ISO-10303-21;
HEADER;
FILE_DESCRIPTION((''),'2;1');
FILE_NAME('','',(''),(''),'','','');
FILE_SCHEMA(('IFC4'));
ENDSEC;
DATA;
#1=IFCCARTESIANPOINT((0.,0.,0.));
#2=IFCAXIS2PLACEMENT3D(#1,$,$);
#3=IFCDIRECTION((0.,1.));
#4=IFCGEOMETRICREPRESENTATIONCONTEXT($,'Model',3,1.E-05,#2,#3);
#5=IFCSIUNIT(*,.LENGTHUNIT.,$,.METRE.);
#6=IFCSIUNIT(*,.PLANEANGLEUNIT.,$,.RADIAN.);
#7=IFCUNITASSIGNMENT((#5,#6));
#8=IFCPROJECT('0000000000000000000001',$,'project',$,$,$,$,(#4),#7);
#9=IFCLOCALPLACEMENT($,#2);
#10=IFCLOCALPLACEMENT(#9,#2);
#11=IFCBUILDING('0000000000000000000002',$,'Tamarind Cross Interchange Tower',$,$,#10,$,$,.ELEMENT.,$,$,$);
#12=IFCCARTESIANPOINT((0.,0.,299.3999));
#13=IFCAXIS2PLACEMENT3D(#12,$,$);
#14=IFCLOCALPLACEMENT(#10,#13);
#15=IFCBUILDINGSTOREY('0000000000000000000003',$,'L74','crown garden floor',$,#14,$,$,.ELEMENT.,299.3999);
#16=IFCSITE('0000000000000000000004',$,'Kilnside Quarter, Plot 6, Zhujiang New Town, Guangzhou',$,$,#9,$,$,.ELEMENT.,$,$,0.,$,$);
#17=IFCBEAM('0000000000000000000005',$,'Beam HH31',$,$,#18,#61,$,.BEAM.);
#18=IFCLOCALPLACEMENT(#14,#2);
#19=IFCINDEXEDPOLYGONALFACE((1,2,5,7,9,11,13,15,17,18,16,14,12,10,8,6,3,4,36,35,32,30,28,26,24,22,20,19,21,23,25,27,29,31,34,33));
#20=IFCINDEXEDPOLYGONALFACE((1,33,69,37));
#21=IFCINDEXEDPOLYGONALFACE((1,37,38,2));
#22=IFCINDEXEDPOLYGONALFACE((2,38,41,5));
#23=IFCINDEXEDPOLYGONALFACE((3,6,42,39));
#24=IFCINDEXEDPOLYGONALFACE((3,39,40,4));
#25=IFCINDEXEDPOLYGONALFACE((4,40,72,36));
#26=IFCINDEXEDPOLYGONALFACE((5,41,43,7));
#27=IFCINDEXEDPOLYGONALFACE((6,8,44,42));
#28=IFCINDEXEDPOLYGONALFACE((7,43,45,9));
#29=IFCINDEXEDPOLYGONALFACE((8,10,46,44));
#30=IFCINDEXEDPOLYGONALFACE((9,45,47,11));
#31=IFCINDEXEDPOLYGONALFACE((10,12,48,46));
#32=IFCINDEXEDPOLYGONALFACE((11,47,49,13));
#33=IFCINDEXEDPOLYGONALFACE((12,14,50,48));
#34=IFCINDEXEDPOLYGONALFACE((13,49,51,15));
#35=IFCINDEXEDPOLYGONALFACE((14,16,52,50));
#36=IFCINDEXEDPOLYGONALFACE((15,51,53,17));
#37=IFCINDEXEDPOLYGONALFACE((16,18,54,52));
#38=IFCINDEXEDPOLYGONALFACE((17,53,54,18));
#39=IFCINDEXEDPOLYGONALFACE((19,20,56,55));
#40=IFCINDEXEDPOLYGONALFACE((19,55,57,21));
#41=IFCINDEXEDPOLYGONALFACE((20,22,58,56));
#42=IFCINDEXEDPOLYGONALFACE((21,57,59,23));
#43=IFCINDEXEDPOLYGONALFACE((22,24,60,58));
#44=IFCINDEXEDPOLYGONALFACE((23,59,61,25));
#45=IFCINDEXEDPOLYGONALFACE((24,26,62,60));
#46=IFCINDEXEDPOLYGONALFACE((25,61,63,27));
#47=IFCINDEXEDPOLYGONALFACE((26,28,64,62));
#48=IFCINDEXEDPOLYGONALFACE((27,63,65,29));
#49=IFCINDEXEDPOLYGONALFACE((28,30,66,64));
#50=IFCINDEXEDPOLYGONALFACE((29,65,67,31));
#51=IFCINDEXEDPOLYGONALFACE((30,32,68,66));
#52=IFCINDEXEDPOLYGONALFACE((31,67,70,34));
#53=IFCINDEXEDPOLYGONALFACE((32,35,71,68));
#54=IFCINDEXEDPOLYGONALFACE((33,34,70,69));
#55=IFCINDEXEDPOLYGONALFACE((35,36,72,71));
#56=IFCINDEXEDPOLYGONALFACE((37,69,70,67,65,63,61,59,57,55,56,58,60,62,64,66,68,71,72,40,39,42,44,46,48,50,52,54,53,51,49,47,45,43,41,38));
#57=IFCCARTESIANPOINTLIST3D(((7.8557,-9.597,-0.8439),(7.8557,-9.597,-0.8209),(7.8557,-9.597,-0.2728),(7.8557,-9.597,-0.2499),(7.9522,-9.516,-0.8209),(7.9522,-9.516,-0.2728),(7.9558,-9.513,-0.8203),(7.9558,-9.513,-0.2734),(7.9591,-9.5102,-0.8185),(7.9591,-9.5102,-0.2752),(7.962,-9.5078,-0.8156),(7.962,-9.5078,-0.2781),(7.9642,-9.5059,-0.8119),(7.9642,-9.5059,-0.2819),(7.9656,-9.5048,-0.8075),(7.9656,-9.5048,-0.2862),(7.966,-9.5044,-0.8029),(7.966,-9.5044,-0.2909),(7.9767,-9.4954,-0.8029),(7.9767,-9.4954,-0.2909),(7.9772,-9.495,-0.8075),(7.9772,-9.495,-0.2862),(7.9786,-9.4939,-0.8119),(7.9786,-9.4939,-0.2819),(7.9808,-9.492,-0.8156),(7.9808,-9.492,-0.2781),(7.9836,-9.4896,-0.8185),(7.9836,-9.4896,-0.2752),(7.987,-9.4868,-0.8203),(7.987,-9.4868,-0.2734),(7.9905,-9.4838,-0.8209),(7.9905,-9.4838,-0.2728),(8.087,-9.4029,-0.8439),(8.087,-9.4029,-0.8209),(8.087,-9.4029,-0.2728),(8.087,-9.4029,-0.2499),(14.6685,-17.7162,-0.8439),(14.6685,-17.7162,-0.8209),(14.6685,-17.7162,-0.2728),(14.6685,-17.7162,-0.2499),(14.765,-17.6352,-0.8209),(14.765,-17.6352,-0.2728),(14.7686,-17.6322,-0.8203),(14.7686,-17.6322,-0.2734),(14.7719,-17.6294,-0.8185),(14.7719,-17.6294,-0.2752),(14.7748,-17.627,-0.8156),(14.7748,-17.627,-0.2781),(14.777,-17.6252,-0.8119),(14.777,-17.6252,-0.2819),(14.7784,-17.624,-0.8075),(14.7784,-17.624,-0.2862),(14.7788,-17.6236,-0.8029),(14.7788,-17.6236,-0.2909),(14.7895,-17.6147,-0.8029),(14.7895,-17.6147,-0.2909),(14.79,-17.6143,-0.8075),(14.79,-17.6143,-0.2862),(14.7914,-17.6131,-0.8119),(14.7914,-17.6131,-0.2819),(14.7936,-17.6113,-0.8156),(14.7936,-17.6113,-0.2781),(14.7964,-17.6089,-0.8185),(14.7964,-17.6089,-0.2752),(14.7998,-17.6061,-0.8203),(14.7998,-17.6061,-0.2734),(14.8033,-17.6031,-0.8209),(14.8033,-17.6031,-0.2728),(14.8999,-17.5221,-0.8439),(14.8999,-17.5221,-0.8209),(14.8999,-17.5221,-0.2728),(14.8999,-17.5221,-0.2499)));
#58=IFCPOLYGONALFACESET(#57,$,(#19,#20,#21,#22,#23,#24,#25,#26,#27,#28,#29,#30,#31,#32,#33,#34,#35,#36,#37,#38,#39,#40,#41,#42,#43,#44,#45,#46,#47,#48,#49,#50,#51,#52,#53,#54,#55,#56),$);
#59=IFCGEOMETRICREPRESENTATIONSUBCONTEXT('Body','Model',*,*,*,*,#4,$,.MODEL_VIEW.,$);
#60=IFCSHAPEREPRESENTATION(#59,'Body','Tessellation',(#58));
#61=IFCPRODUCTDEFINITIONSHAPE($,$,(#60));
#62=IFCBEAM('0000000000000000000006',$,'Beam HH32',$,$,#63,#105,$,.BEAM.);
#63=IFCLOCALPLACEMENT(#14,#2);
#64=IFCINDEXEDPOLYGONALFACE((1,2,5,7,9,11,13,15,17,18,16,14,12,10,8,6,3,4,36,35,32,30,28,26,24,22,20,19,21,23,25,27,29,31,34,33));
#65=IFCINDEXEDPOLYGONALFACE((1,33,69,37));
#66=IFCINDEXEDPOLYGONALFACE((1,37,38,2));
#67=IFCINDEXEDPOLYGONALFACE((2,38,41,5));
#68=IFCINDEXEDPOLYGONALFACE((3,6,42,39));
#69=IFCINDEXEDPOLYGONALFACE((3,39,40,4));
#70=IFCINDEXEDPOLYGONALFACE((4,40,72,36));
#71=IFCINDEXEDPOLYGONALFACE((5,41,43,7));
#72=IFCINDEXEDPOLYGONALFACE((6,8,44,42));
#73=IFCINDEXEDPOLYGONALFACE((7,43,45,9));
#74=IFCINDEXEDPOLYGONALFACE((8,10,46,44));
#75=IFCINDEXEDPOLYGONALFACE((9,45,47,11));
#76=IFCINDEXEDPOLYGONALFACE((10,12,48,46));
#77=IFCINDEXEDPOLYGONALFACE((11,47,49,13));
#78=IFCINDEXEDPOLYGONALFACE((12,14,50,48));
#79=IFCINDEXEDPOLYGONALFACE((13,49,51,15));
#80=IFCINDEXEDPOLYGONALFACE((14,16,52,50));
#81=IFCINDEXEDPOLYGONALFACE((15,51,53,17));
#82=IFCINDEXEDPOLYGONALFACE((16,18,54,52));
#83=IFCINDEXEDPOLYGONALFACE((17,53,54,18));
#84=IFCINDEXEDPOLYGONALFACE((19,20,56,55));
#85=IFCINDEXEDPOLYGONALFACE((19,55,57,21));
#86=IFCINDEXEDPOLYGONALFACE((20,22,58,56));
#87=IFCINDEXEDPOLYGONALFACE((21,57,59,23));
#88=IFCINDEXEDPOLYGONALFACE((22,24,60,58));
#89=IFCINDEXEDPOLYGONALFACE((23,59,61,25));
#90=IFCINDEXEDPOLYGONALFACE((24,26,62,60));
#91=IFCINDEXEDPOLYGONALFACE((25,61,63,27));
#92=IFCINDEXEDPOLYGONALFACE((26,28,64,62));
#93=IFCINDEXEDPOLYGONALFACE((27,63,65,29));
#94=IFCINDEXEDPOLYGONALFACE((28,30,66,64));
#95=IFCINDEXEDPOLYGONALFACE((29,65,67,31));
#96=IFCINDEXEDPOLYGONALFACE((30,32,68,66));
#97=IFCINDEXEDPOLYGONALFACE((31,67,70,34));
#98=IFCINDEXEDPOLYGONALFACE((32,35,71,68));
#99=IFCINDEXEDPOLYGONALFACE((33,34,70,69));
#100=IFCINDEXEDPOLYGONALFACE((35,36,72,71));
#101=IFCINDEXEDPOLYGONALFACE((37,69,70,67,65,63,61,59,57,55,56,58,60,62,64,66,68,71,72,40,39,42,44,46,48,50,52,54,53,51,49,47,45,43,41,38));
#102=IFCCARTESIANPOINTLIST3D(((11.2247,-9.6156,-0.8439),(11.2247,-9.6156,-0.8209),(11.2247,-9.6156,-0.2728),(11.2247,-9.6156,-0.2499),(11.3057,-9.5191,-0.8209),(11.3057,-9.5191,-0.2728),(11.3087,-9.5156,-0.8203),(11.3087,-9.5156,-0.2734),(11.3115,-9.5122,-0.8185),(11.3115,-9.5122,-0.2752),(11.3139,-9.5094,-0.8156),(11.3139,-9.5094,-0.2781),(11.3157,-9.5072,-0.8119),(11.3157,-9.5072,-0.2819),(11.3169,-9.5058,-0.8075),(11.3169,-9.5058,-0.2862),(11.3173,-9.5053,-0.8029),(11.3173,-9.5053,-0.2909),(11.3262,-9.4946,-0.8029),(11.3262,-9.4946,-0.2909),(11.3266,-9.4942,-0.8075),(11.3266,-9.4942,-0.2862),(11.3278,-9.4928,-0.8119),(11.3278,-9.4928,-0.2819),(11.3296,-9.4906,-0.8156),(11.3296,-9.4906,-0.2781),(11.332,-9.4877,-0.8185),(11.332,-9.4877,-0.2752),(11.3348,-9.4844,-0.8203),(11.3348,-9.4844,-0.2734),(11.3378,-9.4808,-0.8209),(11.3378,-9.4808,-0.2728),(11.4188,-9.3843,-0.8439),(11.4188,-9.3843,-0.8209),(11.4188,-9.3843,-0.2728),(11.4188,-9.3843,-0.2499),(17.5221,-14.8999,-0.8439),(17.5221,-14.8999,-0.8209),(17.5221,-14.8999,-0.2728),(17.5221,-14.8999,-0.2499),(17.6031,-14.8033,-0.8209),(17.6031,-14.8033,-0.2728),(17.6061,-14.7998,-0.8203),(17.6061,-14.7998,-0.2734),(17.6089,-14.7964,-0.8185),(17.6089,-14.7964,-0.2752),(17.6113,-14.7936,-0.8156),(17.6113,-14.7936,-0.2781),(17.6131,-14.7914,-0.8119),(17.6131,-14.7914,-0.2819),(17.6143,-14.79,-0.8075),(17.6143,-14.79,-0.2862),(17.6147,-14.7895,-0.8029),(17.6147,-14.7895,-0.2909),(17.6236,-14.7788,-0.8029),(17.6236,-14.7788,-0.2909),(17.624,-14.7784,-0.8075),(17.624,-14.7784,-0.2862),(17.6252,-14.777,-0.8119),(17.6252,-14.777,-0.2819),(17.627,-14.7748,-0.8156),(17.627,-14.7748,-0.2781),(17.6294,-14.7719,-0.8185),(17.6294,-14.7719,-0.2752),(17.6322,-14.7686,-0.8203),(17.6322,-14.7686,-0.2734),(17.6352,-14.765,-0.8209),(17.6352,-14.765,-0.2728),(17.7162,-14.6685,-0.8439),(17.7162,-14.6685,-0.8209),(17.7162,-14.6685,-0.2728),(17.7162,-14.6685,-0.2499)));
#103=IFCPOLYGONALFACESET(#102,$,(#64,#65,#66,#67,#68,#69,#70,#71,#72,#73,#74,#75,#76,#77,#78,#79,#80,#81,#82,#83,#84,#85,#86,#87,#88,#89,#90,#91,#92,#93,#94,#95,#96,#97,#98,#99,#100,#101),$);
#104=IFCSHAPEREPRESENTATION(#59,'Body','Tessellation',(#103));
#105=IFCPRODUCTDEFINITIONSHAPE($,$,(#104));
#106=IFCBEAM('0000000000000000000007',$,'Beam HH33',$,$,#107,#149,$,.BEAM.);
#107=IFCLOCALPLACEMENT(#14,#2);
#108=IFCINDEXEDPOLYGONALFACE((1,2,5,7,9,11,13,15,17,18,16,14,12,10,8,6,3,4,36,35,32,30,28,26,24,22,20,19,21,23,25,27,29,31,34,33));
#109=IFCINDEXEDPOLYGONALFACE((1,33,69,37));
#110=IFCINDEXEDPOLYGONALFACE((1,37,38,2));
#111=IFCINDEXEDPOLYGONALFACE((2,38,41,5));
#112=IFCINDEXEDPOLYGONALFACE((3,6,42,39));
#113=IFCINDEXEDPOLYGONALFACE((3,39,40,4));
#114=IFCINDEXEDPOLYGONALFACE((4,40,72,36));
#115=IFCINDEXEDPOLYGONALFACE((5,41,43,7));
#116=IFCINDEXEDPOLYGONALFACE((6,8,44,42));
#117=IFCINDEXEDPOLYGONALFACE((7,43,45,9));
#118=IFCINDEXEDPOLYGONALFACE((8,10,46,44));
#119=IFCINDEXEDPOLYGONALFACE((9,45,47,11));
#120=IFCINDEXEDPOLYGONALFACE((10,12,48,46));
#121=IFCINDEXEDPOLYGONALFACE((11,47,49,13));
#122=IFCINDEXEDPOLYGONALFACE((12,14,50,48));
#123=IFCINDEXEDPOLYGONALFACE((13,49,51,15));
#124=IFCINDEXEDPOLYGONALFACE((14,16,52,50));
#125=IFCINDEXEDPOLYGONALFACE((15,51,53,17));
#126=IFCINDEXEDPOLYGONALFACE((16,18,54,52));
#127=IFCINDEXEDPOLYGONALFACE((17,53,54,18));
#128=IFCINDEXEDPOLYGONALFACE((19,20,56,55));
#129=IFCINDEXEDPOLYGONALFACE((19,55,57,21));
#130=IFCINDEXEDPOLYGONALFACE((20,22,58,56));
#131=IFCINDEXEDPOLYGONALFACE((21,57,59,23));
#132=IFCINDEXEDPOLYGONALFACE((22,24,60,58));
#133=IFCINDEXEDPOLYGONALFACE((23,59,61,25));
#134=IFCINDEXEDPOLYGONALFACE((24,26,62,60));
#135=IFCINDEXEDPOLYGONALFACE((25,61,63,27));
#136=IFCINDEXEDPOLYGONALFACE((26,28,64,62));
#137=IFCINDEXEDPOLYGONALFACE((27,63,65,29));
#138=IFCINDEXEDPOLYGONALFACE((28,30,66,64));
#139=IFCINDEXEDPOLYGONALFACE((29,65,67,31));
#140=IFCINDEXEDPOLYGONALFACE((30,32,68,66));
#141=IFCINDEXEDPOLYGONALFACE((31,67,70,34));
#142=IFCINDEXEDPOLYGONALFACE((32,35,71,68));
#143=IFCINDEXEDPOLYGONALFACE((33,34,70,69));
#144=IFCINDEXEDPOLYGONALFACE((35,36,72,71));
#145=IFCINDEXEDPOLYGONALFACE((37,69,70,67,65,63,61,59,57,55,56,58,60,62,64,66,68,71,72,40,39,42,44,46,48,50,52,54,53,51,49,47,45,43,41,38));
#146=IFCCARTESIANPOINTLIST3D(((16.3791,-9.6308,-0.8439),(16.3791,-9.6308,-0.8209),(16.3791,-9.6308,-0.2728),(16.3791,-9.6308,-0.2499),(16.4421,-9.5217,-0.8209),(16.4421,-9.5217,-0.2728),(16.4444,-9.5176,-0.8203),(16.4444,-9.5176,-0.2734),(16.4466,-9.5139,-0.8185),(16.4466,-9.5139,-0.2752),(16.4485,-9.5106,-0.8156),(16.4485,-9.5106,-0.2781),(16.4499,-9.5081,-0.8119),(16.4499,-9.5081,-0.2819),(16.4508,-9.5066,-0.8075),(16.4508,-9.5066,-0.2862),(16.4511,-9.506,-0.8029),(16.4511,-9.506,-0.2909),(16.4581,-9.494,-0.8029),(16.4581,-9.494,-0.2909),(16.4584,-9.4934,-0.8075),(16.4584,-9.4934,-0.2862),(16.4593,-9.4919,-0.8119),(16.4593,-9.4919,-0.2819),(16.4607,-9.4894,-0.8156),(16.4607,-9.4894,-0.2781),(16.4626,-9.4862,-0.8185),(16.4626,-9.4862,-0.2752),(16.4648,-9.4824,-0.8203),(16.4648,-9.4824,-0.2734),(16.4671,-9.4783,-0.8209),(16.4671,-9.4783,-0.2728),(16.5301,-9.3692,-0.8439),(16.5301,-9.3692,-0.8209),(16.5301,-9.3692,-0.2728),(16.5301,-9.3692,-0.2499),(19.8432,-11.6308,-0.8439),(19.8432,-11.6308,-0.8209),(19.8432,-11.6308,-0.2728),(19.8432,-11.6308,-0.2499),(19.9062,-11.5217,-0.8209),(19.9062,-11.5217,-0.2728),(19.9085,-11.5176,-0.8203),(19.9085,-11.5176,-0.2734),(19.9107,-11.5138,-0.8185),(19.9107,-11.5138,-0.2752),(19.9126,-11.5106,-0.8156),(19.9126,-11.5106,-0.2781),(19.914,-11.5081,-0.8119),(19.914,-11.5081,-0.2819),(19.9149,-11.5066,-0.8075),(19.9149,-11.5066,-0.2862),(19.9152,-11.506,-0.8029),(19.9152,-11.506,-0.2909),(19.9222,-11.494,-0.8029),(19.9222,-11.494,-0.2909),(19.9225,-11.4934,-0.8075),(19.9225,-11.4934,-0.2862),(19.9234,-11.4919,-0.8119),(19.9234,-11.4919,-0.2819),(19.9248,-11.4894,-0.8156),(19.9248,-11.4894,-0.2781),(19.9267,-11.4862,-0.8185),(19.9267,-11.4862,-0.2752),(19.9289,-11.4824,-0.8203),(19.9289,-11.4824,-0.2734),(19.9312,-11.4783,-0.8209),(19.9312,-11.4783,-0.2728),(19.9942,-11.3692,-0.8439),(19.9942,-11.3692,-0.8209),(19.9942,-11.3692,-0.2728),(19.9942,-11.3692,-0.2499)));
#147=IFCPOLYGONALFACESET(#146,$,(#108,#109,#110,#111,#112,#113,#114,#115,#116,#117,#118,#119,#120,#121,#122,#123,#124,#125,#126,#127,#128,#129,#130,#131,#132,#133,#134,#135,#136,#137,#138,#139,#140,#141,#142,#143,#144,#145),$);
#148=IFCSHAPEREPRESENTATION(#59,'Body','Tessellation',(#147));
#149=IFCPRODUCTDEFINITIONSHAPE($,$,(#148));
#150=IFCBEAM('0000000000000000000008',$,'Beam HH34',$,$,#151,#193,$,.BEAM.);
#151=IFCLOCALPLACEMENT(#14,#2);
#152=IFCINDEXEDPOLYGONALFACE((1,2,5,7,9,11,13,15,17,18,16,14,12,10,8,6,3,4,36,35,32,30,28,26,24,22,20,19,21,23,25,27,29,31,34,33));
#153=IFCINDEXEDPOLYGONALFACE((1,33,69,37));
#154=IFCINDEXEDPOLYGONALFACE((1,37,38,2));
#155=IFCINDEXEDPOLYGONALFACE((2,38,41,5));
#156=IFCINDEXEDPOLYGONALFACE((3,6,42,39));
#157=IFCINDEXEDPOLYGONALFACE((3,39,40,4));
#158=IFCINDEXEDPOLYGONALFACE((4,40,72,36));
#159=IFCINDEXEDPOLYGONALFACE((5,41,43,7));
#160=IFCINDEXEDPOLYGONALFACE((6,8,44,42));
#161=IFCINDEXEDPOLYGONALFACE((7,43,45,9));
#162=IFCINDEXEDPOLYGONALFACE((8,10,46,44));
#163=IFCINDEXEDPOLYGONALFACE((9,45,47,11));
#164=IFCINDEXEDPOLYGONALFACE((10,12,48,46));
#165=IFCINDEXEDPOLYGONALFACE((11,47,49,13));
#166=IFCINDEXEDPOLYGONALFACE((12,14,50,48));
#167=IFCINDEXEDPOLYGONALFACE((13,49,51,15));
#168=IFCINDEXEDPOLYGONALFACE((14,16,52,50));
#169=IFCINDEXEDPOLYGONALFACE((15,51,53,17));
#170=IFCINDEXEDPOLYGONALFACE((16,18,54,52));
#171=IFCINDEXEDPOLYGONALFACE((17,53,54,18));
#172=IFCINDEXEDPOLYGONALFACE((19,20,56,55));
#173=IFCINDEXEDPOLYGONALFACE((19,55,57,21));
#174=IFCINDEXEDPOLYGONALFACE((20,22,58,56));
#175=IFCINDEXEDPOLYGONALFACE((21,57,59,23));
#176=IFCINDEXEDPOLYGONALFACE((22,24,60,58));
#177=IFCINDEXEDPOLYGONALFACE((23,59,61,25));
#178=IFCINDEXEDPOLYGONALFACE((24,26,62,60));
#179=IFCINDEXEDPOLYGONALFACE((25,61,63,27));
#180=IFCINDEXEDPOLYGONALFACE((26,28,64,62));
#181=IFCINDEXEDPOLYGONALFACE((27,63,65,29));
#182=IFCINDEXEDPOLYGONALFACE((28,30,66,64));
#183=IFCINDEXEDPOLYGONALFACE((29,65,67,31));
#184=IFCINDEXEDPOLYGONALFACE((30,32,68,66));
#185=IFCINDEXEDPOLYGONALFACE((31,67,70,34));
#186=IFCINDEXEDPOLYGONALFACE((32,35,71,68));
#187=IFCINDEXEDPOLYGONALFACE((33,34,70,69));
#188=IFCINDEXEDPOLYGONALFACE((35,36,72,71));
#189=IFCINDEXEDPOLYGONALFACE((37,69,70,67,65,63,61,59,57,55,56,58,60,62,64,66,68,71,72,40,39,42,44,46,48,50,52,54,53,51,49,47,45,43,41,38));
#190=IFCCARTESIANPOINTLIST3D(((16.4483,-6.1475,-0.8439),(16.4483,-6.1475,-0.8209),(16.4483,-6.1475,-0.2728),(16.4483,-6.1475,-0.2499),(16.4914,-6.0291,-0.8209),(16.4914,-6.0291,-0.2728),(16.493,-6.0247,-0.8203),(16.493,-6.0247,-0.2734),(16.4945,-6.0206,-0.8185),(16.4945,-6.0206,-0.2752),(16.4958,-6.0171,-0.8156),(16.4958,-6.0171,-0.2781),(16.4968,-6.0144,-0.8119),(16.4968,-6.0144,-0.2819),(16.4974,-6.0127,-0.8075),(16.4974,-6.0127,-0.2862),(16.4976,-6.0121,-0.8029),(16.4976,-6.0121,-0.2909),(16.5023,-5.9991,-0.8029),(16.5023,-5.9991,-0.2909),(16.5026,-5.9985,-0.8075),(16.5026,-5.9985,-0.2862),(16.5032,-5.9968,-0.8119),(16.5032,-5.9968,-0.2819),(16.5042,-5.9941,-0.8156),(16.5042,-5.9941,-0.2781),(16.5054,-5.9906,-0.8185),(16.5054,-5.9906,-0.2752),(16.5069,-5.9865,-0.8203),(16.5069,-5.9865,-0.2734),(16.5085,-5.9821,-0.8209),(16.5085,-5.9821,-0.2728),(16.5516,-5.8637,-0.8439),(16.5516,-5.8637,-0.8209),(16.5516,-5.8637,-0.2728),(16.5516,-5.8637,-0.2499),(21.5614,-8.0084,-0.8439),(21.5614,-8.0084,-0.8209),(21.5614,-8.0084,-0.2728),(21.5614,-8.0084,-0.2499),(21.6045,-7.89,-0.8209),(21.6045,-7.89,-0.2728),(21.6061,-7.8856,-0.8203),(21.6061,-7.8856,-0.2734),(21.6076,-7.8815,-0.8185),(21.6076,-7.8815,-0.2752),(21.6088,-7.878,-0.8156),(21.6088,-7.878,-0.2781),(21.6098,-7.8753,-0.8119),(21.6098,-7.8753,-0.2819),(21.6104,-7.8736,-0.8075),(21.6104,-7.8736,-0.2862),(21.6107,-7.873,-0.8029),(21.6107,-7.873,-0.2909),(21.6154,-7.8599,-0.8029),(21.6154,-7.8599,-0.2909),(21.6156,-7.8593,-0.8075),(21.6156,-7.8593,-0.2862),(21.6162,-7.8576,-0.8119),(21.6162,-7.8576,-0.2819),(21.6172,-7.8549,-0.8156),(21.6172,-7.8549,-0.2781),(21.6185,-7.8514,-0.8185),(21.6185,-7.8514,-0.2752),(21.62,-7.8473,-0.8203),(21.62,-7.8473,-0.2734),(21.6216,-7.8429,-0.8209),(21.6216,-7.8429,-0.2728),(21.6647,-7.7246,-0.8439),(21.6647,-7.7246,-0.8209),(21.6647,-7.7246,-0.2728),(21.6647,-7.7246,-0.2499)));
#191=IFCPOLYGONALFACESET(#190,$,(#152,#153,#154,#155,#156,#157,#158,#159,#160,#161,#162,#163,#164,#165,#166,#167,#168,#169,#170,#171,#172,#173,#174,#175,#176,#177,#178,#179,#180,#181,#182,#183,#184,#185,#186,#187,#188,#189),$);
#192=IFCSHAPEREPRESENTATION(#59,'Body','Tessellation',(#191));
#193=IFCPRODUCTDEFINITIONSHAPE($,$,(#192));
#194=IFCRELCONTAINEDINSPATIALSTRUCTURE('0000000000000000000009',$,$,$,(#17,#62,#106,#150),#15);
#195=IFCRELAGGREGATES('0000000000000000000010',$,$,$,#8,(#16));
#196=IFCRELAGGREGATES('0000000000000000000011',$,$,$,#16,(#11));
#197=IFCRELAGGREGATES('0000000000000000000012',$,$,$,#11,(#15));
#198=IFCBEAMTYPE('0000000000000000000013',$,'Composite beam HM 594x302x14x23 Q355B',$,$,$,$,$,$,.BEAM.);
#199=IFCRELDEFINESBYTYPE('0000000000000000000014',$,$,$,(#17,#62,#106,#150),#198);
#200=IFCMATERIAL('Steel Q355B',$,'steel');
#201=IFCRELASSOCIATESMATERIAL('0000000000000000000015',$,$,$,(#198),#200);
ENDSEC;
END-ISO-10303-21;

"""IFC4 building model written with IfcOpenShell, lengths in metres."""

from ifc_helpers import new_model, si_unit, direction, frame, origin, origin_2d, place, context, subcontext, project, spatial, i_section, extrude, material, material_profile, profile_set, type_object, element, save


model = new_model("IFC4")

# Units and contexts
model_context = context("Model", 3, precision=1e-05, world=origin(), true_north=direction((0.0, 1.0)))
body_context = subcontext(model_context, "Body", "Model", "MODEL_VIEW")
ifc_project = project(units=[si_unit("LENGTHUNIT", "METRE"), si_unit("PLANEANGLEUNIT", "RADIAN")], contexts=[model_context])

# Site, building, storey
site_placement = place(None, origin())
site = spatial("IfcSite", under=ifc_project, at=site_placement, Name="Kilnside Quarter, Plot 6, Zhujiang New Town, Guangzhou", CompositionType="ELEMENT", RefElevation=0.0)
building_placement = place(site_placement, origin())
building = spatial("IfcBuilding", under=site, at=building_placement, Name="Tamarind Cross Interchange Tower", CompositionType="ELEMENT")
storey_placement = place(building_placement, frame((0.0, 0.0, 299.3999)))
storey = spatial("IfcBuildingStorey", under=building, at=storey_placement, Name="L74", Description="crown garden floor", CompositionType="ELEMENT", Elevation=299.3999)

# Beams
ifc_material_1 = material(Name="Steel Q355B", Category="steel")
ifc_material_profile_1 = material_profile(ifc_material_1, i_section(OverallWidth=0.302, OverallDepth=0.594, WebThickness=0.0139, FlangeThickness=0.0229, FilletRadius=0.0181, at=origin_2d()), Name="HM 594x302x14x23")
ifc_profile_set_1 = profile_set([ifc_material_profile_1], Name="Steel Q355B")
beam_type = type_object("IfcBeamType", Name="Composite beam HM 594x302x14x23 Q355B", PredefinedType="BEAM", material=ifc_profile_set_1)
beam_1_placement = place(storey_placement, frame((14.7842, -17.6191, -0.5469), z_axis=(-0.642786, 0.766046, 0.0), x_axis=(-0.766046, -0.642786, 0.0)))
element("IfcBeam", 1, at=beam_1_placement, inside=storey, type_object=beam_type, Name="Beam HH31", PredefinedType="BEAM", context=body_context, shape_type="SweptSolid", body=[
    extrude(i_section(OverallWidth=0.302, OverallDepth=0.594, WebThickness=0.0139, FlangeThickness=0.0229, FilletRadius=0.0181, at=origin_2d()), origin(), (0.0, 0.0, 1.0), 10.5989),
])
beam_2_placement = place(storey_placement, frame((17.6191, -14.7842, -0.5469), z_axis=(-0.766041, 0.642792, 0.0), x_axis=(-0.642792, -0.766041, 0.0)))
element("IfcBeam", 2, at=beam_2_placement, inside=storey, type_object=beam_type, Name="Beam HH32", PredefinedType="BEAM", context=body_context, shape_type="SweptSolid", body=[
    extrude(i_section(OverallWidth=0.302, OverallDepth=0.594, WebThickness=0.0139, FlangeThickness=0.0229, FilletRadius=0.0181, at=origin_2d()), origin(), (0.0, 0.0, 1.0), 8.2207),
])
beam_3_placement = place(storey_placement, frame((19.9187, -11.5, -0.5469), z_axis=(-0.866026, 0.499999, 0.0), x_axis=(-0.499999, -0.866026, 0.0)))
element("IfcBeam", 3, at=beam_3_placement, inside=storey, type_object=beam_type, Name="Beam HH33", PredefinedType="BEAM", context=body_context, shape_type="SweptSolid", body=[
    extrude(i_section(OverallWidth=0.302, OverallDepth=0.594, WebThickness=0.0139, FlangeThickness=0.0229, FilletRadius=0.0181, at=origin_2d()), origin(), (0.0, 0.0, 1.0), 4.0),
])
beam_4_placement = place(storey_placement, frame((21.613, -7.8665, -0.5469), z_axis=(-0.939702, 0.341995, 0.0), x_axis=(-0.341995, -0.939702, 0.0)))
element("IfcBeam", 4, at=beam_4_placement, inside=storey, type_object=beam_type, Name="Beam HH34", PredefinedType="BEAM", context=body_context, shape_type="SweptSolid", body=[
    extrude(i_section(OverallWidth=0.302, OverallDepth=0.594, WebThickness=0.0139, FlangeThickness=0.0229, FilletRadius=0.0181, at=origin_2d()), origin(), (0.0, 0.0, 1.0), 5.4412),
])

save(model, "model.ifc")
